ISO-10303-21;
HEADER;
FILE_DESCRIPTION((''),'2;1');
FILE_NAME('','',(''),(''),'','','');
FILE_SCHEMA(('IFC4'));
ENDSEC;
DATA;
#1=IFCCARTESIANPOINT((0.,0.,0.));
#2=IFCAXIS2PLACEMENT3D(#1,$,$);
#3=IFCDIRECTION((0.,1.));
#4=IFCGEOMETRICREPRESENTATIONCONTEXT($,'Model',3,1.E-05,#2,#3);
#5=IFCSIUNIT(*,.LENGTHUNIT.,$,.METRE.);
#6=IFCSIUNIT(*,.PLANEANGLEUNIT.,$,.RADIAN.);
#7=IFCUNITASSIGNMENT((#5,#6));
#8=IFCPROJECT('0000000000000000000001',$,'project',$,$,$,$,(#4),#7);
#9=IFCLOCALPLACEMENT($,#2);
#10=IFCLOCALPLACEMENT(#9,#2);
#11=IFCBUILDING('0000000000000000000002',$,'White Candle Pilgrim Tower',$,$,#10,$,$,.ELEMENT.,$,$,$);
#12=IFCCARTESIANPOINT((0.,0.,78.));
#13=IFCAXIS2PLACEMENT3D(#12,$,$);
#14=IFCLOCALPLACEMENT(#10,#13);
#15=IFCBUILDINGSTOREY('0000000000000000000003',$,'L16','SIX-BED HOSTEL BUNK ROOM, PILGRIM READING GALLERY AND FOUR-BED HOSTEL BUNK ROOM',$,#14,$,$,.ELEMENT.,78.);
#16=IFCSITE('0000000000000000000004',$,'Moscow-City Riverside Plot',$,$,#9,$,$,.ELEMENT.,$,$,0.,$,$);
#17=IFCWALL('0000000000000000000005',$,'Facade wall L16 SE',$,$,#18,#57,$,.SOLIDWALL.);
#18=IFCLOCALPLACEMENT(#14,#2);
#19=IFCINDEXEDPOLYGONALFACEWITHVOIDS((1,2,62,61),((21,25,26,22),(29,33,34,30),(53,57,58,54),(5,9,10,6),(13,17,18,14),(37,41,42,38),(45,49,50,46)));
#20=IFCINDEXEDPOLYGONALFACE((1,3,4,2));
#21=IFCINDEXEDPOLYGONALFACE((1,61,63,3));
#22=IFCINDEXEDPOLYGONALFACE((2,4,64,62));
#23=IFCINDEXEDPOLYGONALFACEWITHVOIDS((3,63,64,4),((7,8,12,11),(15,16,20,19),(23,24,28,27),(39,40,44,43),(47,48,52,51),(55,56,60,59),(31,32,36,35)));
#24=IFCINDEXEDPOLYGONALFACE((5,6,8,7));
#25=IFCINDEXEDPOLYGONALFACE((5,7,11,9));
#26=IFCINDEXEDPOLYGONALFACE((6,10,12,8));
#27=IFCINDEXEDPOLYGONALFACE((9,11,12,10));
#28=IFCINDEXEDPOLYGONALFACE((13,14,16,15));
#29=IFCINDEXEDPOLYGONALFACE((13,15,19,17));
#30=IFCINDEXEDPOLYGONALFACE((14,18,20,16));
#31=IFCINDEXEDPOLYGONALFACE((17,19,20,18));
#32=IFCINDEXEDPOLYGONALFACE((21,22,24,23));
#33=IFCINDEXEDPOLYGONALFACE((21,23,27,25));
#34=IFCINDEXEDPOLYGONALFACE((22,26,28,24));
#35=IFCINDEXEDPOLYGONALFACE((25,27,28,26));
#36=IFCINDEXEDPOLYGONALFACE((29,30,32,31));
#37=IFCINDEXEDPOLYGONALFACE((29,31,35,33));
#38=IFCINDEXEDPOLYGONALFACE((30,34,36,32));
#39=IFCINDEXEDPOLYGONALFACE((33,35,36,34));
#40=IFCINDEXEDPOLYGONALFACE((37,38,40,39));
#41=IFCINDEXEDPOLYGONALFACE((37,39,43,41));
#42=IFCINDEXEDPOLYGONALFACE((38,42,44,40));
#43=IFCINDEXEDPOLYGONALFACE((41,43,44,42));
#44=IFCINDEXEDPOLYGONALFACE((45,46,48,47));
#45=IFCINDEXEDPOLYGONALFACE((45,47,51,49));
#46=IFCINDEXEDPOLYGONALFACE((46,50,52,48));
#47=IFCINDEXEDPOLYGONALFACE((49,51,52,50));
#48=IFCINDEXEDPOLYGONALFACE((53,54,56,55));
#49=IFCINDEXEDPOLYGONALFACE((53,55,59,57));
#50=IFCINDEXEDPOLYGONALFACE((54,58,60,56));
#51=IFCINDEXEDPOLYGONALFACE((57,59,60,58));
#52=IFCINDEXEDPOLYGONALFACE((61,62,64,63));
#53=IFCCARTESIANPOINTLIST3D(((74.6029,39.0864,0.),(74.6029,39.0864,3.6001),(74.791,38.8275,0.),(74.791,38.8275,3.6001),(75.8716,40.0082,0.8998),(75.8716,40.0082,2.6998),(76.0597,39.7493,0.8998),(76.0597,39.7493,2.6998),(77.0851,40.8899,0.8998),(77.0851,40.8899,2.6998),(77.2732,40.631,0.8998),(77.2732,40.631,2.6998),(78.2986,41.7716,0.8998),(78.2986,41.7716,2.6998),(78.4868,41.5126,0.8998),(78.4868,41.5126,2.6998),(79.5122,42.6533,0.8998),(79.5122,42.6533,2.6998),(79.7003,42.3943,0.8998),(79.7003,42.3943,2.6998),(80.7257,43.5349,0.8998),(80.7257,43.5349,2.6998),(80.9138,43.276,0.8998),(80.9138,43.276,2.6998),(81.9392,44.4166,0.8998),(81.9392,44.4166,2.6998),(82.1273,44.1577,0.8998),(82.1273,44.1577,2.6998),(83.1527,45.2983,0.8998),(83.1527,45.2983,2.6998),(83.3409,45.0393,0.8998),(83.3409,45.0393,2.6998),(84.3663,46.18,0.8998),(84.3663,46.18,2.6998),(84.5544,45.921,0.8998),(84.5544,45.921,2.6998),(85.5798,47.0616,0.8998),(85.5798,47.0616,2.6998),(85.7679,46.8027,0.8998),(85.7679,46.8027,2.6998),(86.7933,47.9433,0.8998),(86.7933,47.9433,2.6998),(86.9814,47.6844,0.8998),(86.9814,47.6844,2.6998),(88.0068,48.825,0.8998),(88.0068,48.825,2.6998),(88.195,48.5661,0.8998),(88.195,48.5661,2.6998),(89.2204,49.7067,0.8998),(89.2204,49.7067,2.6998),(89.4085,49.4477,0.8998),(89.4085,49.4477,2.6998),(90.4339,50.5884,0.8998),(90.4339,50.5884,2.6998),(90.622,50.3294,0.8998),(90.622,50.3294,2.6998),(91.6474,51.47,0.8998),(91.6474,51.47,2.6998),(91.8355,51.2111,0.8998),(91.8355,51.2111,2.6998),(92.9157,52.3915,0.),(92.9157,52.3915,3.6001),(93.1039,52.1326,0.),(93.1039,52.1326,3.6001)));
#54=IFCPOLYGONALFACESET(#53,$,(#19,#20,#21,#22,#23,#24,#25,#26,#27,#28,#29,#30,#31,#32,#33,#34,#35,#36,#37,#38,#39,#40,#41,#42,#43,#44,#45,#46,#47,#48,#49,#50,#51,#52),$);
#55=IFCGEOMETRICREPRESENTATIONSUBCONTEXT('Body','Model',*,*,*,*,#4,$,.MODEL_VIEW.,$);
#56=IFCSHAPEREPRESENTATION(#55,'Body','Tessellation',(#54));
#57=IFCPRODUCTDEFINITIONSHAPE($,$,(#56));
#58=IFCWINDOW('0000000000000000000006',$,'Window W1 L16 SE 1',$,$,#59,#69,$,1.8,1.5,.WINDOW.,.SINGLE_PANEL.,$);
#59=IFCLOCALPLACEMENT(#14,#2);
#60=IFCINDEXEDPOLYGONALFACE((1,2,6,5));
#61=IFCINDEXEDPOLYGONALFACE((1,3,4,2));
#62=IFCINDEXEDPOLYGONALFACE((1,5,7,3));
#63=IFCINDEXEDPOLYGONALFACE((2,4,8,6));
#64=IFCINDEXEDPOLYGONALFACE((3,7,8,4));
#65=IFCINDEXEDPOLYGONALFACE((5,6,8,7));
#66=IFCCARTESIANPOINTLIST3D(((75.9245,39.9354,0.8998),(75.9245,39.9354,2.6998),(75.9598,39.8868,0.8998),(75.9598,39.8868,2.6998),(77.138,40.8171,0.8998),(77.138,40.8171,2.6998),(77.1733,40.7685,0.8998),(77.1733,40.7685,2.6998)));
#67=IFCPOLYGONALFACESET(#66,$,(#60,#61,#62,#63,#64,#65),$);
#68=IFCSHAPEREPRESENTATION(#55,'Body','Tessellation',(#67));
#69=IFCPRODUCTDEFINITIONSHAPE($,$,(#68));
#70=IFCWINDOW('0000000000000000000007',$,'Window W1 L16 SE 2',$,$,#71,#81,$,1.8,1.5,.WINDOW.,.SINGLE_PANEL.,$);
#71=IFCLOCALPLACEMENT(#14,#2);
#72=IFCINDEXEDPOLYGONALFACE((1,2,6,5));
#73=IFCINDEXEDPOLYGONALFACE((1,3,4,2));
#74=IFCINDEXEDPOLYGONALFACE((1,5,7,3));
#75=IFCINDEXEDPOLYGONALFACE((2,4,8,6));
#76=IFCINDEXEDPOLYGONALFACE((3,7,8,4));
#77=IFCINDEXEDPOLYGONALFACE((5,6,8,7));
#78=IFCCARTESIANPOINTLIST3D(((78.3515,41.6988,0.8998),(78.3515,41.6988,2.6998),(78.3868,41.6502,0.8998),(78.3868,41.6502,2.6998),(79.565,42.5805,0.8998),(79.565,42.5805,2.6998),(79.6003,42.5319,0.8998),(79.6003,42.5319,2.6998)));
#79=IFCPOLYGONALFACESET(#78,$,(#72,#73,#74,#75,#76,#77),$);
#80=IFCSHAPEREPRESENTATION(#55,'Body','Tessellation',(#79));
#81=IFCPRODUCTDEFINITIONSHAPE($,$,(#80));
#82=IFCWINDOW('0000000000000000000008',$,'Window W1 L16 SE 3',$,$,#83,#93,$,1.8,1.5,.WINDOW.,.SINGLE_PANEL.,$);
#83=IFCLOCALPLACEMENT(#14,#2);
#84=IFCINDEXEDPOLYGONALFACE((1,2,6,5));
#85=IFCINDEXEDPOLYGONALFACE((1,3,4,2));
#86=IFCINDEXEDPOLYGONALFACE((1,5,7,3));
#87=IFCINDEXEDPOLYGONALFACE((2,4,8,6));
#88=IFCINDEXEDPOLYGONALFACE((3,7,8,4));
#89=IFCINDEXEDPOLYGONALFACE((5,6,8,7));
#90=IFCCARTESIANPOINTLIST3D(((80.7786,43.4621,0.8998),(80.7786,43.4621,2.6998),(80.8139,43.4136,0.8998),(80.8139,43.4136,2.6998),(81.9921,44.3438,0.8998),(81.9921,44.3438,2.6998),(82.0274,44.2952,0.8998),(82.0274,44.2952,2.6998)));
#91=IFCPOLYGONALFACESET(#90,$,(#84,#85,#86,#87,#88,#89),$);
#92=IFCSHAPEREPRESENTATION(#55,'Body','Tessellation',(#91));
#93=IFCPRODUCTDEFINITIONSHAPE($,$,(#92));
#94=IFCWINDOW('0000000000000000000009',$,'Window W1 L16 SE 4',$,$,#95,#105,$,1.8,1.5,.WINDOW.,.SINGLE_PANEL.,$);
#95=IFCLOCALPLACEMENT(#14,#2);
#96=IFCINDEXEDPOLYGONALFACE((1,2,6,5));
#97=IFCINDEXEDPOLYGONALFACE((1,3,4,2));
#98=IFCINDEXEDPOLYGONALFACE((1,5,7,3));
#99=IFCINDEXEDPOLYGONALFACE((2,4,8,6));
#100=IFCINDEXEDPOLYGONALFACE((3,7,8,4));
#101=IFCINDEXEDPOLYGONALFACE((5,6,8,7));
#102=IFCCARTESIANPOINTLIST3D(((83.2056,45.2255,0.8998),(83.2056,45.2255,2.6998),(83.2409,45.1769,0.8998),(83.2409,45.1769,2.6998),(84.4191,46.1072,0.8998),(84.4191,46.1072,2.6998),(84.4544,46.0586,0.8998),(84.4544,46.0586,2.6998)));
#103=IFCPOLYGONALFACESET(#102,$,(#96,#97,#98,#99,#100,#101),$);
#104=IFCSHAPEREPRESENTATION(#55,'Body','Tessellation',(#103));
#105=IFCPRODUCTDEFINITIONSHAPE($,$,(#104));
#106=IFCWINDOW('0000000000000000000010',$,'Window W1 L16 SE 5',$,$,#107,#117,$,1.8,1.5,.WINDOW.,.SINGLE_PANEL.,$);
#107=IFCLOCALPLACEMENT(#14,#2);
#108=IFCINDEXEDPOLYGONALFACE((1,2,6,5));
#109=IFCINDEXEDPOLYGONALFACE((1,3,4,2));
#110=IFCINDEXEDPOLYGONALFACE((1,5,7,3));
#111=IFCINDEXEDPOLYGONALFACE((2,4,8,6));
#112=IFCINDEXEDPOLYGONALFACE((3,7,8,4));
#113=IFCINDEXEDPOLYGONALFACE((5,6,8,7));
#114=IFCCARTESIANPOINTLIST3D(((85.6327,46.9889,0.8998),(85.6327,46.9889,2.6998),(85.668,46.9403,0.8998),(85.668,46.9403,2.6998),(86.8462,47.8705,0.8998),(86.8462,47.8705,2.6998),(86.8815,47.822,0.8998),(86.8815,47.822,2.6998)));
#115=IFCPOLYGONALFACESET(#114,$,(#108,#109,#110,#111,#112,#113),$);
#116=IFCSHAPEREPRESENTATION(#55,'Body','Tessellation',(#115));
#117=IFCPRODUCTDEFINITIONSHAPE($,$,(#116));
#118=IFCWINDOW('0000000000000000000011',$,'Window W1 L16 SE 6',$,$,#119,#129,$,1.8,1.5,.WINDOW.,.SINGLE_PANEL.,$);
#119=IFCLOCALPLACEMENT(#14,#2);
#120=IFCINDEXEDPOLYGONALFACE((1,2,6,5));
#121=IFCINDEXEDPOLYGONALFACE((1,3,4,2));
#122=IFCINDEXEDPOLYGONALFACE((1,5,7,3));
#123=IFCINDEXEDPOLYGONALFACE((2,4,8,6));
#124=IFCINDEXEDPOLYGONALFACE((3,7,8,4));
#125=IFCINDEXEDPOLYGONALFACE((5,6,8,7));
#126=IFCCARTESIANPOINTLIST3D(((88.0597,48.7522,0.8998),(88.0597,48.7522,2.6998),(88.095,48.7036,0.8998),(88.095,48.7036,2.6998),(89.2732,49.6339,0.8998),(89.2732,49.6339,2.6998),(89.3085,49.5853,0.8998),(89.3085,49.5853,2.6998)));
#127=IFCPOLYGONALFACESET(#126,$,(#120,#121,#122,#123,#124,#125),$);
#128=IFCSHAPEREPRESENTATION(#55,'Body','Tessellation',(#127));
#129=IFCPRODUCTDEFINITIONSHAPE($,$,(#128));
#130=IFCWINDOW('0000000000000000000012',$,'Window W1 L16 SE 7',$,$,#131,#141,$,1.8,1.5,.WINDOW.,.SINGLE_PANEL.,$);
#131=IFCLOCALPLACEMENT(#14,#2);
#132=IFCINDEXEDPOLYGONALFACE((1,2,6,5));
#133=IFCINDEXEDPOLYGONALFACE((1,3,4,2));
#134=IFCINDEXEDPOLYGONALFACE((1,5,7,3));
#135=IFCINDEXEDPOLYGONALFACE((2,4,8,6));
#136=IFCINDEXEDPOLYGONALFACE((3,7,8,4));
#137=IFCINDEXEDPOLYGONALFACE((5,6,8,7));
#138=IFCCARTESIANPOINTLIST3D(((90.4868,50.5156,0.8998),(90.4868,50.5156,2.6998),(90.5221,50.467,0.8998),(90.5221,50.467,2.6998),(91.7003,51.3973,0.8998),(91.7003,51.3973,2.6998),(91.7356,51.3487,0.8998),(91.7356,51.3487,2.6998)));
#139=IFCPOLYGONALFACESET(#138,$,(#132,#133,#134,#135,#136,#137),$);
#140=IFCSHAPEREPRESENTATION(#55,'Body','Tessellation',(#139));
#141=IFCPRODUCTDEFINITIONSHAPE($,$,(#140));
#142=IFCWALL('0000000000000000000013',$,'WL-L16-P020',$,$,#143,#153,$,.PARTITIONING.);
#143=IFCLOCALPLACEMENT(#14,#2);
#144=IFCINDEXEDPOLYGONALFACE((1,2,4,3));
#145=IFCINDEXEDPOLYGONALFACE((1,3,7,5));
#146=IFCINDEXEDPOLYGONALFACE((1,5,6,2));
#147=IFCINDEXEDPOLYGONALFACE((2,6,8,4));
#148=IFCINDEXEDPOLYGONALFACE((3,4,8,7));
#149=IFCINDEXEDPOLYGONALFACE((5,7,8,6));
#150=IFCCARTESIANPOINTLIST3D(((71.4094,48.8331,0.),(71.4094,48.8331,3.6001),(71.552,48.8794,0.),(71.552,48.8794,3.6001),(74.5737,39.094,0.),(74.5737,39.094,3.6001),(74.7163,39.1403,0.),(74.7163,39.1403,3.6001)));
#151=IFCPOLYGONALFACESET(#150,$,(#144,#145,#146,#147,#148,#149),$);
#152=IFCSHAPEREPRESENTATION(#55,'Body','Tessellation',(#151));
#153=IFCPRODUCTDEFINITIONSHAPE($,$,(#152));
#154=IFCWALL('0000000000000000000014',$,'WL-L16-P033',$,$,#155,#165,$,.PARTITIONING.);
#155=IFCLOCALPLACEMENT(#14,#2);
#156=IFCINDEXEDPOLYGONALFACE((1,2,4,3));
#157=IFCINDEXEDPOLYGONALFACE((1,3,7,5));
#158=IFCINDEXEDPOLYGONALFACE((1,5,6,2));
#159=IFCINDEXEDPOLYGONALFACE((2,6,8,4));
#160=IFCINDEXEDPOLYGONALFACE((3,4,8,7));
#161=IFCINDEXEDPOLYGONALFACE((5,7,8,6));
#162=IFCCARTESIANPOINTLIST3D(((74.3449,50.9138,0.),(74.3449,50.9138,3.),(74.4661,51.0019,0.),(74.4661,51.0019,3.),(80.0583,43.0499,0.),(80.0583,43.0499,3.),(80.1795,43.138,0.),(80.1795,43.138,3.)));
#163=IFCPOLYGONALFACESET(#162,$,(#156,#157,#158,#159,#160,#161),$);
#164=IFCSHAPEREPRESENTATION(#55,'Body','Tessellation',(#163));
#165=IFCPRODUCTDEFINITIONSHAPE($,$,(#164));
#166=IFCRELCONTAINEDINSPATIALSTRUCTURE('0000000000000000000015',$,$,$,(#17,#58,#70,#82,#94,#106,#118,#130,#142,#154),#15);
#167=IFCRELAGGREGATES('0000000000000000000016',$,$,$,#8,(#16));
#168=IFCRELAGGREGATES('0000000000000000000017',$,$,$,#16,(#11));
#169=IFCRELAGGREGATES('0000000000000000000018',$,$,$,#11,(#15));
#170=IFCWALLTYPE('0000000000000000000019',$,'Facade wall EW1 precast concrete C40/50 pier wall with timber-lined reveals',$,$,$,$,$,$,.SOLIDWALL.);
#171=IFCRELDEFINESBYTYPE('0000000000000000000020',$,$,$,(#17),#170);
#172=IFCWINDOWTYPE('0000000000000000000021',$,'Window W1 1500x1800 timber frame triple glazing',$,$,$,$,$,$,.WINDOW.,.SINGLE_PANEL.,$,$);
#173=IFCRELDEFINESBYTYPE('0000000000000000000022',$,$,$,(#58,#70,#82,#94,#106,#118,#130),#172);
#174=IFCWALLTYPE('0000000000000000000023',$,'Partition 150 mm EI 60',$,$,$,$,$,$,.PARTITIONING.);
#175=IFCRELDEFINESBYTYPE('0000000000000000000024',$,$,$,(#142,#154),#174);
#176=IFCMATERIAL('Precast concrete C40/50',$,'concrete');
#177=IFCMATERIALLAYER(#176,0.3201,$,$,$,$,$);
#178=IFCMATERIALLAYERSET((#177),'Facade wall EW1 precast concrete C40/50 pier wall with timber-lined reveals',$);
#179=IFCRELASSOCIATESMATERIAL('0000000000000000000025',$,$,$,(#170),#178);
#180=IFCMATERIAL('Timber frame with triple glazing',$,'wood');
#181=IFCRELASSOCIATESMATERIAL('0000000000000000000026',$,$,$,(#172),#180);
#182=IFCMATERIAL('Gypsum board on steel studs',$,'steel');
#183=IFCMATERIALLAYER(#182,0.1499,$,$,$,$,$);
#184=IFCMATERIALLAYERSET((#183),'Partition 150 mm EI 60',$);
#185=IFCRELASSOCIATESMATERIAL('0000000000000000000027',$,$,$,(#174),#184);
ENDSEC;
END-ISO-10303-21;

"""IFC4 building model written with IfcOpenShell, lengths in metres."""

from ifc_helpers import new_model, si_unit, direction, frame, frame_2d, origin, place, context, subcontext, project, spatial, rectangle, extrude, material, layer, layer_set, type_object, element, fill, save


model = new_model("IFC4")

# Units and contexts
model_context = context("Model", 3, precision=1e-05, world=origin(), true_north=direction((0.0, 1.0)))
body_context = subcontext(model_context, "Body", "Model", "MODEL_VIEW")
ifc_project = project(units=[si_unit("LENGTHUNIT", "METRE"), si_unit("PLANEANGLEUNIT", "RADIAN")], contexts=[model_context])

# Site, building, storey
site_placement = place(None, origin())
site = spatial("IfcSite", under=ifc_project, at=site_placement, Name="Moscow-City Riverside Plot", CompositionType="ELEMENT", RefElevation=0.0)
building_placement = place(site_placement, origin())
building = spatial("IfcBuilding", under=site, at=building_placement, Name="White Candle Pilgrim Tower", CompositionType="ELEMENT")
storey_placement = place(building_placement, frame((0.0, 0.0, 78.0)))
storey = spatial("IfcBuildingStorey", under=building, at=storey_placement, Name="L16", Description="SIX-BED HOSTEL BUNK ROOM, PILGRIM READING GALLERY AND FOUR-BED HOSTEL BUNK ROOM", CompositionType="ELEMENT", Elevation=78.0)

# Wall, openings, windows
ifc_material_1 = material(Name="Precast concrete C40/50", Category="concrete")
ifc_layer_1 = layer(ifc_material_1, 0.3201)
ifc_layer_set_1 = layer_set([ifc_layer_1], Name="Facade wall EW1 precast concrete C40/50 pier wall with timber-lined reveals")
wall_type_1 = type_object("IfcWallType", Name="Facade wall EW1 precast concrete C40/50 pier wall with timber-lined reveals", PredefinedType="SOLIDWALL", material=ifc_layer_set_1)
wall_1_placement = place(storey_placement, frame((74.697, 38.957, 0.0), z_axis=(0.0, 0.0, 1.0), x_axis=(0.809017, 0.587786, 0.0)))
wall_1 = element("IfcWall", 1, at=wall_1_placement, inside=storey, type_object=wall_type_1, Name="Facade wall L16 SE", PredefinedType="SOLIDWALL", context=body_context, shape_type="SweptSolid", body=[
    extrude(rectangle(XDim=22.636, YDim=0.3201, at=frame_2d((11.3179, 0.0))), origin(), (0.0, 0.0, 1.0), 3.6001),
])
opening_1_placement = place(wall_1_placement, frame((1.5681, 0.0, 0.8999)))
opening_1 = element("IfcOpeningElement", 2, at=opening_1_placement, cuts=wall_1, PredefinedType="OPENING", context=body_context, shape_type="SweptSolid", body=[
    extrude(rectangle(XDim=1.5, YDim=1.8, at=frame_2d((0.75, 0.8999))), frame((0.0, 0.1699, 0.0), z_axis=(0.0, -1.0, 0.0), x_axis=(1.0, 0.0, 0.0)), (0.0, 0.0, 1.0), 0.3401),
])
opening_2_placement = place(wall_1_placement, frame((4.5681, 0.0, 0.8999)))
opening_2 = element("IfcOpeningElement", 3, at=opening_2_placement, cuts=wall_1, PredefinedType="OPENING", context=body_context, shape_type="SweptSolid", body=[
    extrude(rectangle(XDim=1.5, YDim=1.8, at=frame_2d((0.75, 0.8999))), frame((0.0, 0.1699, 0.0), z_axis=(0.0, -1.0, 0.0), x_axis=(1.0, 0.0, 0.0)), (0.0, 0.0, 1.0), 0.3401),
])
opening_3_placement = place(wall_1_placement, frame((7.5681, 0.0, 0.8999)))
opening_3 = element("IfcOpeningElement", 4, at=opening_3_placement, cuts=wall_1, PredefinedType="OPENING", context=body_context, shape_type="SweptSolid", body=[
    extrude(rectangle(XDim=1.5, YDim=1.8, at=frame_2d((0.75, 0.8999))), frame((0.0, 0.1699, 0.0), z_axis=(0.0, -1.0, 0.0), x_axis=(1.0, 0.0, 0.0)), (0.0, 0.0, 1.0), 0.3401),
])
opening_4_placement = place(wall_1_placement, frame((10.5681, 0.0, 0.8999)))
opening_4 = element("IfcOpeningElement", 5, at=opening_4_placement, cuts=wall_1, PredefinedType="OPENING", context=body_context, shape_type="SweptSolid", body=[
    extrude(rectangle(XDim=1.5, YDim=1.8, at=frame_2d((0.75, 0.8999))), frame((0.0, 0.1699, 0.0), z_axis=(0.0, -1.0, 0.0), x_axis=(1.0, 0.0, 0.0)), (0.0, 0.0, 1.0), 0.3401),
])
opening_5_placement = place(wall_1_placement, frame((13.5681, 0.0, 0.8999)))
opening_5 = element("IfcOpeningElement", 6, at=opening_5_placement, cuts=wall_1, PredefinedType="OPENING", context=body_context, shape_type="SweptSolid", body=[
    extrude(rectangle(XDim=1.5, YDim=1.8, at=frame_2d((0.75, 0.8999))), frame((0.0, 0.1699, 0.0), z_axis=(0.0, -1.0, 0.0), x_axis=(1.0, 0.0, 0.0)), (0.0, 0.0, 1.0), 0.3401),
])
opening_6_placement = place(wall_1_placement, frame((16.5681, 0.0, 0.8999)))
opening_6 = element("IfcOpeningElement", 7, at=opening_6_placement, cuts=wall_1, PredefinedType="OPENING", context=body_context, shape_type="SweptSolid", body=[
    extrude(rectangle(XDim=1.5, YDim=1.8, at=frame_2d((0.75, 0.8999))), frame((0.0, 0.1699, 0.0), z_axis=(0.0, -1.0, 0.0), x_axis=(1.0, 0.0, 0.0)), (0.0, 0.0, 1.0), 0.3401),
])
opening_7_placement = place(wall_1_placement, frame((19.5681, 0.0, 0.8999)))
opening_7 = element("IfcOpeningElement", 8, at=opening_7_placement, cuts=wall_1, PredefinedType="OPENING", context=body_context, shape_type="SweptSolid", body=[
    extrude(rectangle(XDim=1.5, YDim=1.8, at=frame_2d((0.75, 0.8999))), frame((0.0, 0.1699, 0.0), z_axis=(0.0, -1.0, 0.0), x_axis=(1.0, 0.0, 0.0)), (0.0, 0.0, 1.0), 0.3401),
])
ifc_material_2 = material(Name="Timber frame with triple glazing", Category="wood")
window_type = type_object("IfcWindowType", Name="Window W1 1500x1800 timber frame triple glazing", PartitioningType="SINGLE_PANEL", PredefinedType="WINDOW", material=ifc_material_2)
window_1_placement = place(opening_1_placement, origin())
window_1 = element("IfcWindow", 9, at=window_1_placement, inside=storey, type_object=window_type, Name="Window W1 L16 SE 1", OverallHeight=1.8, OverallWidth=1.5, PartitioningType="SINGLE_PANEL", PredefinedType="WINDOW", context=body_context, shape_type="SweptSolid", body=[
    extrude(rectangle(XDim=1.5, YDim=1.8, at=frame_2d((0.75, 0.8999))), frame((0.0, 0.0701, 0.0), z_axis=(0.0, -1.0, 0.0), x_axis=(1.0, 0.0, 0.0)), (0.0, 0.0, 1.0), 0.0601),
])
fill(opening_1, window_1)
window_2_placement = place(opening_2_placement, origin())
window_2 = element("IfcWindow", 10, at=window_2_placement, inside=storey, type_object=window_type, Name="Window W1 L16 SE 2", OverallHeight=1.8, OverallWidth=1.5, PartitioningType="SINGLE_PANEL", PredefinedType="WINDOW", context=body_context, shape_type="SweptSolid", body=[
    extrude(rectangle(XDim=1.5, YDim=1.8, at=frame_2d((0.75, 0.8999))), frame((0.0, 0.0701, 0.0), z_axis=(0.0, -1.0, 0.0), x_axis=(1.0, 0.0, 0.0)), (0.0, 0.0, 1.0), 0.0601),
])
fill(opening_2, window_2)
window_3_placement = place(opening_3_placement, origin())
window_3 = element("IfcWindow", 11, at=window_3_placement, inside=storey, type_object=window_type, Name="Window W1 L16 SE 3", OverallHeight=1.8, OverallWidth=1.5, PartitioningType="SINGLE_PANEL", PredefinedType="WINDOW", context=body_context, shape_type="SweptSolid", body=[
    extrude(rectangle(XDim=1.5, YDim=1.8, at=frame_2d((0.75, 0.8999))), frame((0.0, 0.0701, 0.0), z_axis=(0.0, -1.0, 0.0), x_axis=(1.0, 0.0, 0.0)), (0.0, 0.0, 1.0), 0.0601),
])
fill(opening_3, window_3)
window_4_placement = place(opening_4_placement, origin())
window_4 = element("IfcWindow", 12, at=window_4_placement, inside=storey, type_object=window_type, Name="Window W1 L16 SE 4", OverallHeight=1.8, OverallWidth=1.5, PartitioningType="SINGLE_PANEL", PredefinedType="WINDOW", context=body_context, shape_type="SweptSolid", body=[
    extrude(rectangle(XDim=1.5, YDim=1.8, at=frame_2d((0.75, 0.8999))), frame((0.0, 0.0701, 0.0), z_axis=(0.0, -1.0, 0.0), x_axis=(1.0, 0.0, 0.0)), (0.0, 0.0, 1.0), 0.0601),
])
fill(opening_4, window_4)
window_5_placement = place(opening_5_placement, origin())
window_5 = element("IfcWindow", 13, at=window_5_placement, inside=storey, type_object=window_type, Name="Window W1 L16 SE 5", OverallHeight=1.8, OverallWidth=1.5, PartitioningType="SINGLE_PANEL", PredefinedType="WINDOW", context=body_context, shape_type="SweptSolid", body=[
    extrude(rectangle(XDim=1.5, YDim=1.8, at=frame_2d((0.75, 0.8999))), frame((0.0, 0.0701, 0.0), z_axis=(0.0, -1.0, 0.0), x_axis=(1.0, 0.0, 0.0)), (0.0, 0.0, 1.0), 0.0601),
])
fill(opening_5, window_5)
window_6_placement = place(opening_6_placement, origin())
window_6 = element("IfcWindow", 14, at=window_6_placement, inside=storey, type_object=window_type, Name="Window W1 L16 SE 6", OverallHeight=1.8, OverallWidth=1.5, PartitioningType="SINGLE_PANEL", PredefinedType="WINDOW", context=body_context, shape_type="SweptSolid", body=[
    extrude(rectangle(XDim=1.5, YDim=1.8, at=frame_2d((0.75, 0.8999))), frame((0.0, 0.0701, 0.0), z_axis=(0.0, -1.0, 0.0), x_axis=(1.0, 0.0, 0.0)), (0.0, 0.0, 1.0), 0.0601),
])
fill(opening_6, window_6)
window_7_placement = place(opening_7_placement, origin())
window_7 = element("IfcWindow", 15, at=window_7_placement, inside=storey, type_object=window_type, Name="Window W1 L16 SE 7", OverallHeight=1.8, OverallWidth=1.5, PartitioningType="SINGLE_PANEL", PredefinedType="WINDOW", context=body_context, shape_type="SweptSolid", body=[
    extrude(rectangle(XDim=1.5, YDim=1.8, at=frame_2d((0.75, 0.8999))), frame((0.0, 0.0701, 0.0), z_axis=(0.0, -1.0, 0.0), x_axis=(1.0, 0.0, 0.0)), (0.0, 0.0, 1.0), 0.0601),
])
fill(opening_7, window_7)

# Walls
ifc_material_3 = material(Name="Gypsum board on steel studs", Category="steel")
ifc_layer_2 = layer(ifc_material_3, 0.1499)
ifc_layer_set_2 = layer_set([ifc_layer_2], Name="Partition 150 mm EI 60")
wall_type_2 = type_object("IfcWallType", Name="Partition 150 mm EI 60", PredefinedType="PARTITIONING", material=ifc_layer_set_2)
wall_2_placement = place(storey_placement, frame((74.645, 39.1172, 0.0), z_axis=(0.0, 0.0, 1.0), x_axis=(-0.309009, 0.951059, 0.0)))
element("IfcWall", 16, at=wall_2_placement, inside=storey, type_object=wall_type_2, Name="WL-L16-P020", PredefinedType="PARTITIONING", context=body_context, shape_type="SweptSolid", body=[
    extrude(rectangle(XDim=10.2402, YDim=0.1499, at=frame_2d((5.1201, 0.0))), origin(), (0.0, 0.0, 1.0), 3.6001),
])
wall_3_placement = place(storey_placement, frame((80.1189, 43.094, 0.0), z_axis=(0.0, 0.0, 1.0), x_axis=(-0.587786, 0.809016, 0.0)))
element("IfcWall", 17, at=wall_3_placement, inside=storey, type_object=wall_type_2, Name="WL-L16-P033", PredefinedType="PARTITIONING", context=body_context, shape_type="SweptSolid", body=[
    extrude(rectangle(XDim=9.7202, YDim=0.1499, at=frame_2d((4.8601, 0.0))), origin(), (0.0, 0.0, 1.0), 3.0),
])

save(model, "model.ifc")
